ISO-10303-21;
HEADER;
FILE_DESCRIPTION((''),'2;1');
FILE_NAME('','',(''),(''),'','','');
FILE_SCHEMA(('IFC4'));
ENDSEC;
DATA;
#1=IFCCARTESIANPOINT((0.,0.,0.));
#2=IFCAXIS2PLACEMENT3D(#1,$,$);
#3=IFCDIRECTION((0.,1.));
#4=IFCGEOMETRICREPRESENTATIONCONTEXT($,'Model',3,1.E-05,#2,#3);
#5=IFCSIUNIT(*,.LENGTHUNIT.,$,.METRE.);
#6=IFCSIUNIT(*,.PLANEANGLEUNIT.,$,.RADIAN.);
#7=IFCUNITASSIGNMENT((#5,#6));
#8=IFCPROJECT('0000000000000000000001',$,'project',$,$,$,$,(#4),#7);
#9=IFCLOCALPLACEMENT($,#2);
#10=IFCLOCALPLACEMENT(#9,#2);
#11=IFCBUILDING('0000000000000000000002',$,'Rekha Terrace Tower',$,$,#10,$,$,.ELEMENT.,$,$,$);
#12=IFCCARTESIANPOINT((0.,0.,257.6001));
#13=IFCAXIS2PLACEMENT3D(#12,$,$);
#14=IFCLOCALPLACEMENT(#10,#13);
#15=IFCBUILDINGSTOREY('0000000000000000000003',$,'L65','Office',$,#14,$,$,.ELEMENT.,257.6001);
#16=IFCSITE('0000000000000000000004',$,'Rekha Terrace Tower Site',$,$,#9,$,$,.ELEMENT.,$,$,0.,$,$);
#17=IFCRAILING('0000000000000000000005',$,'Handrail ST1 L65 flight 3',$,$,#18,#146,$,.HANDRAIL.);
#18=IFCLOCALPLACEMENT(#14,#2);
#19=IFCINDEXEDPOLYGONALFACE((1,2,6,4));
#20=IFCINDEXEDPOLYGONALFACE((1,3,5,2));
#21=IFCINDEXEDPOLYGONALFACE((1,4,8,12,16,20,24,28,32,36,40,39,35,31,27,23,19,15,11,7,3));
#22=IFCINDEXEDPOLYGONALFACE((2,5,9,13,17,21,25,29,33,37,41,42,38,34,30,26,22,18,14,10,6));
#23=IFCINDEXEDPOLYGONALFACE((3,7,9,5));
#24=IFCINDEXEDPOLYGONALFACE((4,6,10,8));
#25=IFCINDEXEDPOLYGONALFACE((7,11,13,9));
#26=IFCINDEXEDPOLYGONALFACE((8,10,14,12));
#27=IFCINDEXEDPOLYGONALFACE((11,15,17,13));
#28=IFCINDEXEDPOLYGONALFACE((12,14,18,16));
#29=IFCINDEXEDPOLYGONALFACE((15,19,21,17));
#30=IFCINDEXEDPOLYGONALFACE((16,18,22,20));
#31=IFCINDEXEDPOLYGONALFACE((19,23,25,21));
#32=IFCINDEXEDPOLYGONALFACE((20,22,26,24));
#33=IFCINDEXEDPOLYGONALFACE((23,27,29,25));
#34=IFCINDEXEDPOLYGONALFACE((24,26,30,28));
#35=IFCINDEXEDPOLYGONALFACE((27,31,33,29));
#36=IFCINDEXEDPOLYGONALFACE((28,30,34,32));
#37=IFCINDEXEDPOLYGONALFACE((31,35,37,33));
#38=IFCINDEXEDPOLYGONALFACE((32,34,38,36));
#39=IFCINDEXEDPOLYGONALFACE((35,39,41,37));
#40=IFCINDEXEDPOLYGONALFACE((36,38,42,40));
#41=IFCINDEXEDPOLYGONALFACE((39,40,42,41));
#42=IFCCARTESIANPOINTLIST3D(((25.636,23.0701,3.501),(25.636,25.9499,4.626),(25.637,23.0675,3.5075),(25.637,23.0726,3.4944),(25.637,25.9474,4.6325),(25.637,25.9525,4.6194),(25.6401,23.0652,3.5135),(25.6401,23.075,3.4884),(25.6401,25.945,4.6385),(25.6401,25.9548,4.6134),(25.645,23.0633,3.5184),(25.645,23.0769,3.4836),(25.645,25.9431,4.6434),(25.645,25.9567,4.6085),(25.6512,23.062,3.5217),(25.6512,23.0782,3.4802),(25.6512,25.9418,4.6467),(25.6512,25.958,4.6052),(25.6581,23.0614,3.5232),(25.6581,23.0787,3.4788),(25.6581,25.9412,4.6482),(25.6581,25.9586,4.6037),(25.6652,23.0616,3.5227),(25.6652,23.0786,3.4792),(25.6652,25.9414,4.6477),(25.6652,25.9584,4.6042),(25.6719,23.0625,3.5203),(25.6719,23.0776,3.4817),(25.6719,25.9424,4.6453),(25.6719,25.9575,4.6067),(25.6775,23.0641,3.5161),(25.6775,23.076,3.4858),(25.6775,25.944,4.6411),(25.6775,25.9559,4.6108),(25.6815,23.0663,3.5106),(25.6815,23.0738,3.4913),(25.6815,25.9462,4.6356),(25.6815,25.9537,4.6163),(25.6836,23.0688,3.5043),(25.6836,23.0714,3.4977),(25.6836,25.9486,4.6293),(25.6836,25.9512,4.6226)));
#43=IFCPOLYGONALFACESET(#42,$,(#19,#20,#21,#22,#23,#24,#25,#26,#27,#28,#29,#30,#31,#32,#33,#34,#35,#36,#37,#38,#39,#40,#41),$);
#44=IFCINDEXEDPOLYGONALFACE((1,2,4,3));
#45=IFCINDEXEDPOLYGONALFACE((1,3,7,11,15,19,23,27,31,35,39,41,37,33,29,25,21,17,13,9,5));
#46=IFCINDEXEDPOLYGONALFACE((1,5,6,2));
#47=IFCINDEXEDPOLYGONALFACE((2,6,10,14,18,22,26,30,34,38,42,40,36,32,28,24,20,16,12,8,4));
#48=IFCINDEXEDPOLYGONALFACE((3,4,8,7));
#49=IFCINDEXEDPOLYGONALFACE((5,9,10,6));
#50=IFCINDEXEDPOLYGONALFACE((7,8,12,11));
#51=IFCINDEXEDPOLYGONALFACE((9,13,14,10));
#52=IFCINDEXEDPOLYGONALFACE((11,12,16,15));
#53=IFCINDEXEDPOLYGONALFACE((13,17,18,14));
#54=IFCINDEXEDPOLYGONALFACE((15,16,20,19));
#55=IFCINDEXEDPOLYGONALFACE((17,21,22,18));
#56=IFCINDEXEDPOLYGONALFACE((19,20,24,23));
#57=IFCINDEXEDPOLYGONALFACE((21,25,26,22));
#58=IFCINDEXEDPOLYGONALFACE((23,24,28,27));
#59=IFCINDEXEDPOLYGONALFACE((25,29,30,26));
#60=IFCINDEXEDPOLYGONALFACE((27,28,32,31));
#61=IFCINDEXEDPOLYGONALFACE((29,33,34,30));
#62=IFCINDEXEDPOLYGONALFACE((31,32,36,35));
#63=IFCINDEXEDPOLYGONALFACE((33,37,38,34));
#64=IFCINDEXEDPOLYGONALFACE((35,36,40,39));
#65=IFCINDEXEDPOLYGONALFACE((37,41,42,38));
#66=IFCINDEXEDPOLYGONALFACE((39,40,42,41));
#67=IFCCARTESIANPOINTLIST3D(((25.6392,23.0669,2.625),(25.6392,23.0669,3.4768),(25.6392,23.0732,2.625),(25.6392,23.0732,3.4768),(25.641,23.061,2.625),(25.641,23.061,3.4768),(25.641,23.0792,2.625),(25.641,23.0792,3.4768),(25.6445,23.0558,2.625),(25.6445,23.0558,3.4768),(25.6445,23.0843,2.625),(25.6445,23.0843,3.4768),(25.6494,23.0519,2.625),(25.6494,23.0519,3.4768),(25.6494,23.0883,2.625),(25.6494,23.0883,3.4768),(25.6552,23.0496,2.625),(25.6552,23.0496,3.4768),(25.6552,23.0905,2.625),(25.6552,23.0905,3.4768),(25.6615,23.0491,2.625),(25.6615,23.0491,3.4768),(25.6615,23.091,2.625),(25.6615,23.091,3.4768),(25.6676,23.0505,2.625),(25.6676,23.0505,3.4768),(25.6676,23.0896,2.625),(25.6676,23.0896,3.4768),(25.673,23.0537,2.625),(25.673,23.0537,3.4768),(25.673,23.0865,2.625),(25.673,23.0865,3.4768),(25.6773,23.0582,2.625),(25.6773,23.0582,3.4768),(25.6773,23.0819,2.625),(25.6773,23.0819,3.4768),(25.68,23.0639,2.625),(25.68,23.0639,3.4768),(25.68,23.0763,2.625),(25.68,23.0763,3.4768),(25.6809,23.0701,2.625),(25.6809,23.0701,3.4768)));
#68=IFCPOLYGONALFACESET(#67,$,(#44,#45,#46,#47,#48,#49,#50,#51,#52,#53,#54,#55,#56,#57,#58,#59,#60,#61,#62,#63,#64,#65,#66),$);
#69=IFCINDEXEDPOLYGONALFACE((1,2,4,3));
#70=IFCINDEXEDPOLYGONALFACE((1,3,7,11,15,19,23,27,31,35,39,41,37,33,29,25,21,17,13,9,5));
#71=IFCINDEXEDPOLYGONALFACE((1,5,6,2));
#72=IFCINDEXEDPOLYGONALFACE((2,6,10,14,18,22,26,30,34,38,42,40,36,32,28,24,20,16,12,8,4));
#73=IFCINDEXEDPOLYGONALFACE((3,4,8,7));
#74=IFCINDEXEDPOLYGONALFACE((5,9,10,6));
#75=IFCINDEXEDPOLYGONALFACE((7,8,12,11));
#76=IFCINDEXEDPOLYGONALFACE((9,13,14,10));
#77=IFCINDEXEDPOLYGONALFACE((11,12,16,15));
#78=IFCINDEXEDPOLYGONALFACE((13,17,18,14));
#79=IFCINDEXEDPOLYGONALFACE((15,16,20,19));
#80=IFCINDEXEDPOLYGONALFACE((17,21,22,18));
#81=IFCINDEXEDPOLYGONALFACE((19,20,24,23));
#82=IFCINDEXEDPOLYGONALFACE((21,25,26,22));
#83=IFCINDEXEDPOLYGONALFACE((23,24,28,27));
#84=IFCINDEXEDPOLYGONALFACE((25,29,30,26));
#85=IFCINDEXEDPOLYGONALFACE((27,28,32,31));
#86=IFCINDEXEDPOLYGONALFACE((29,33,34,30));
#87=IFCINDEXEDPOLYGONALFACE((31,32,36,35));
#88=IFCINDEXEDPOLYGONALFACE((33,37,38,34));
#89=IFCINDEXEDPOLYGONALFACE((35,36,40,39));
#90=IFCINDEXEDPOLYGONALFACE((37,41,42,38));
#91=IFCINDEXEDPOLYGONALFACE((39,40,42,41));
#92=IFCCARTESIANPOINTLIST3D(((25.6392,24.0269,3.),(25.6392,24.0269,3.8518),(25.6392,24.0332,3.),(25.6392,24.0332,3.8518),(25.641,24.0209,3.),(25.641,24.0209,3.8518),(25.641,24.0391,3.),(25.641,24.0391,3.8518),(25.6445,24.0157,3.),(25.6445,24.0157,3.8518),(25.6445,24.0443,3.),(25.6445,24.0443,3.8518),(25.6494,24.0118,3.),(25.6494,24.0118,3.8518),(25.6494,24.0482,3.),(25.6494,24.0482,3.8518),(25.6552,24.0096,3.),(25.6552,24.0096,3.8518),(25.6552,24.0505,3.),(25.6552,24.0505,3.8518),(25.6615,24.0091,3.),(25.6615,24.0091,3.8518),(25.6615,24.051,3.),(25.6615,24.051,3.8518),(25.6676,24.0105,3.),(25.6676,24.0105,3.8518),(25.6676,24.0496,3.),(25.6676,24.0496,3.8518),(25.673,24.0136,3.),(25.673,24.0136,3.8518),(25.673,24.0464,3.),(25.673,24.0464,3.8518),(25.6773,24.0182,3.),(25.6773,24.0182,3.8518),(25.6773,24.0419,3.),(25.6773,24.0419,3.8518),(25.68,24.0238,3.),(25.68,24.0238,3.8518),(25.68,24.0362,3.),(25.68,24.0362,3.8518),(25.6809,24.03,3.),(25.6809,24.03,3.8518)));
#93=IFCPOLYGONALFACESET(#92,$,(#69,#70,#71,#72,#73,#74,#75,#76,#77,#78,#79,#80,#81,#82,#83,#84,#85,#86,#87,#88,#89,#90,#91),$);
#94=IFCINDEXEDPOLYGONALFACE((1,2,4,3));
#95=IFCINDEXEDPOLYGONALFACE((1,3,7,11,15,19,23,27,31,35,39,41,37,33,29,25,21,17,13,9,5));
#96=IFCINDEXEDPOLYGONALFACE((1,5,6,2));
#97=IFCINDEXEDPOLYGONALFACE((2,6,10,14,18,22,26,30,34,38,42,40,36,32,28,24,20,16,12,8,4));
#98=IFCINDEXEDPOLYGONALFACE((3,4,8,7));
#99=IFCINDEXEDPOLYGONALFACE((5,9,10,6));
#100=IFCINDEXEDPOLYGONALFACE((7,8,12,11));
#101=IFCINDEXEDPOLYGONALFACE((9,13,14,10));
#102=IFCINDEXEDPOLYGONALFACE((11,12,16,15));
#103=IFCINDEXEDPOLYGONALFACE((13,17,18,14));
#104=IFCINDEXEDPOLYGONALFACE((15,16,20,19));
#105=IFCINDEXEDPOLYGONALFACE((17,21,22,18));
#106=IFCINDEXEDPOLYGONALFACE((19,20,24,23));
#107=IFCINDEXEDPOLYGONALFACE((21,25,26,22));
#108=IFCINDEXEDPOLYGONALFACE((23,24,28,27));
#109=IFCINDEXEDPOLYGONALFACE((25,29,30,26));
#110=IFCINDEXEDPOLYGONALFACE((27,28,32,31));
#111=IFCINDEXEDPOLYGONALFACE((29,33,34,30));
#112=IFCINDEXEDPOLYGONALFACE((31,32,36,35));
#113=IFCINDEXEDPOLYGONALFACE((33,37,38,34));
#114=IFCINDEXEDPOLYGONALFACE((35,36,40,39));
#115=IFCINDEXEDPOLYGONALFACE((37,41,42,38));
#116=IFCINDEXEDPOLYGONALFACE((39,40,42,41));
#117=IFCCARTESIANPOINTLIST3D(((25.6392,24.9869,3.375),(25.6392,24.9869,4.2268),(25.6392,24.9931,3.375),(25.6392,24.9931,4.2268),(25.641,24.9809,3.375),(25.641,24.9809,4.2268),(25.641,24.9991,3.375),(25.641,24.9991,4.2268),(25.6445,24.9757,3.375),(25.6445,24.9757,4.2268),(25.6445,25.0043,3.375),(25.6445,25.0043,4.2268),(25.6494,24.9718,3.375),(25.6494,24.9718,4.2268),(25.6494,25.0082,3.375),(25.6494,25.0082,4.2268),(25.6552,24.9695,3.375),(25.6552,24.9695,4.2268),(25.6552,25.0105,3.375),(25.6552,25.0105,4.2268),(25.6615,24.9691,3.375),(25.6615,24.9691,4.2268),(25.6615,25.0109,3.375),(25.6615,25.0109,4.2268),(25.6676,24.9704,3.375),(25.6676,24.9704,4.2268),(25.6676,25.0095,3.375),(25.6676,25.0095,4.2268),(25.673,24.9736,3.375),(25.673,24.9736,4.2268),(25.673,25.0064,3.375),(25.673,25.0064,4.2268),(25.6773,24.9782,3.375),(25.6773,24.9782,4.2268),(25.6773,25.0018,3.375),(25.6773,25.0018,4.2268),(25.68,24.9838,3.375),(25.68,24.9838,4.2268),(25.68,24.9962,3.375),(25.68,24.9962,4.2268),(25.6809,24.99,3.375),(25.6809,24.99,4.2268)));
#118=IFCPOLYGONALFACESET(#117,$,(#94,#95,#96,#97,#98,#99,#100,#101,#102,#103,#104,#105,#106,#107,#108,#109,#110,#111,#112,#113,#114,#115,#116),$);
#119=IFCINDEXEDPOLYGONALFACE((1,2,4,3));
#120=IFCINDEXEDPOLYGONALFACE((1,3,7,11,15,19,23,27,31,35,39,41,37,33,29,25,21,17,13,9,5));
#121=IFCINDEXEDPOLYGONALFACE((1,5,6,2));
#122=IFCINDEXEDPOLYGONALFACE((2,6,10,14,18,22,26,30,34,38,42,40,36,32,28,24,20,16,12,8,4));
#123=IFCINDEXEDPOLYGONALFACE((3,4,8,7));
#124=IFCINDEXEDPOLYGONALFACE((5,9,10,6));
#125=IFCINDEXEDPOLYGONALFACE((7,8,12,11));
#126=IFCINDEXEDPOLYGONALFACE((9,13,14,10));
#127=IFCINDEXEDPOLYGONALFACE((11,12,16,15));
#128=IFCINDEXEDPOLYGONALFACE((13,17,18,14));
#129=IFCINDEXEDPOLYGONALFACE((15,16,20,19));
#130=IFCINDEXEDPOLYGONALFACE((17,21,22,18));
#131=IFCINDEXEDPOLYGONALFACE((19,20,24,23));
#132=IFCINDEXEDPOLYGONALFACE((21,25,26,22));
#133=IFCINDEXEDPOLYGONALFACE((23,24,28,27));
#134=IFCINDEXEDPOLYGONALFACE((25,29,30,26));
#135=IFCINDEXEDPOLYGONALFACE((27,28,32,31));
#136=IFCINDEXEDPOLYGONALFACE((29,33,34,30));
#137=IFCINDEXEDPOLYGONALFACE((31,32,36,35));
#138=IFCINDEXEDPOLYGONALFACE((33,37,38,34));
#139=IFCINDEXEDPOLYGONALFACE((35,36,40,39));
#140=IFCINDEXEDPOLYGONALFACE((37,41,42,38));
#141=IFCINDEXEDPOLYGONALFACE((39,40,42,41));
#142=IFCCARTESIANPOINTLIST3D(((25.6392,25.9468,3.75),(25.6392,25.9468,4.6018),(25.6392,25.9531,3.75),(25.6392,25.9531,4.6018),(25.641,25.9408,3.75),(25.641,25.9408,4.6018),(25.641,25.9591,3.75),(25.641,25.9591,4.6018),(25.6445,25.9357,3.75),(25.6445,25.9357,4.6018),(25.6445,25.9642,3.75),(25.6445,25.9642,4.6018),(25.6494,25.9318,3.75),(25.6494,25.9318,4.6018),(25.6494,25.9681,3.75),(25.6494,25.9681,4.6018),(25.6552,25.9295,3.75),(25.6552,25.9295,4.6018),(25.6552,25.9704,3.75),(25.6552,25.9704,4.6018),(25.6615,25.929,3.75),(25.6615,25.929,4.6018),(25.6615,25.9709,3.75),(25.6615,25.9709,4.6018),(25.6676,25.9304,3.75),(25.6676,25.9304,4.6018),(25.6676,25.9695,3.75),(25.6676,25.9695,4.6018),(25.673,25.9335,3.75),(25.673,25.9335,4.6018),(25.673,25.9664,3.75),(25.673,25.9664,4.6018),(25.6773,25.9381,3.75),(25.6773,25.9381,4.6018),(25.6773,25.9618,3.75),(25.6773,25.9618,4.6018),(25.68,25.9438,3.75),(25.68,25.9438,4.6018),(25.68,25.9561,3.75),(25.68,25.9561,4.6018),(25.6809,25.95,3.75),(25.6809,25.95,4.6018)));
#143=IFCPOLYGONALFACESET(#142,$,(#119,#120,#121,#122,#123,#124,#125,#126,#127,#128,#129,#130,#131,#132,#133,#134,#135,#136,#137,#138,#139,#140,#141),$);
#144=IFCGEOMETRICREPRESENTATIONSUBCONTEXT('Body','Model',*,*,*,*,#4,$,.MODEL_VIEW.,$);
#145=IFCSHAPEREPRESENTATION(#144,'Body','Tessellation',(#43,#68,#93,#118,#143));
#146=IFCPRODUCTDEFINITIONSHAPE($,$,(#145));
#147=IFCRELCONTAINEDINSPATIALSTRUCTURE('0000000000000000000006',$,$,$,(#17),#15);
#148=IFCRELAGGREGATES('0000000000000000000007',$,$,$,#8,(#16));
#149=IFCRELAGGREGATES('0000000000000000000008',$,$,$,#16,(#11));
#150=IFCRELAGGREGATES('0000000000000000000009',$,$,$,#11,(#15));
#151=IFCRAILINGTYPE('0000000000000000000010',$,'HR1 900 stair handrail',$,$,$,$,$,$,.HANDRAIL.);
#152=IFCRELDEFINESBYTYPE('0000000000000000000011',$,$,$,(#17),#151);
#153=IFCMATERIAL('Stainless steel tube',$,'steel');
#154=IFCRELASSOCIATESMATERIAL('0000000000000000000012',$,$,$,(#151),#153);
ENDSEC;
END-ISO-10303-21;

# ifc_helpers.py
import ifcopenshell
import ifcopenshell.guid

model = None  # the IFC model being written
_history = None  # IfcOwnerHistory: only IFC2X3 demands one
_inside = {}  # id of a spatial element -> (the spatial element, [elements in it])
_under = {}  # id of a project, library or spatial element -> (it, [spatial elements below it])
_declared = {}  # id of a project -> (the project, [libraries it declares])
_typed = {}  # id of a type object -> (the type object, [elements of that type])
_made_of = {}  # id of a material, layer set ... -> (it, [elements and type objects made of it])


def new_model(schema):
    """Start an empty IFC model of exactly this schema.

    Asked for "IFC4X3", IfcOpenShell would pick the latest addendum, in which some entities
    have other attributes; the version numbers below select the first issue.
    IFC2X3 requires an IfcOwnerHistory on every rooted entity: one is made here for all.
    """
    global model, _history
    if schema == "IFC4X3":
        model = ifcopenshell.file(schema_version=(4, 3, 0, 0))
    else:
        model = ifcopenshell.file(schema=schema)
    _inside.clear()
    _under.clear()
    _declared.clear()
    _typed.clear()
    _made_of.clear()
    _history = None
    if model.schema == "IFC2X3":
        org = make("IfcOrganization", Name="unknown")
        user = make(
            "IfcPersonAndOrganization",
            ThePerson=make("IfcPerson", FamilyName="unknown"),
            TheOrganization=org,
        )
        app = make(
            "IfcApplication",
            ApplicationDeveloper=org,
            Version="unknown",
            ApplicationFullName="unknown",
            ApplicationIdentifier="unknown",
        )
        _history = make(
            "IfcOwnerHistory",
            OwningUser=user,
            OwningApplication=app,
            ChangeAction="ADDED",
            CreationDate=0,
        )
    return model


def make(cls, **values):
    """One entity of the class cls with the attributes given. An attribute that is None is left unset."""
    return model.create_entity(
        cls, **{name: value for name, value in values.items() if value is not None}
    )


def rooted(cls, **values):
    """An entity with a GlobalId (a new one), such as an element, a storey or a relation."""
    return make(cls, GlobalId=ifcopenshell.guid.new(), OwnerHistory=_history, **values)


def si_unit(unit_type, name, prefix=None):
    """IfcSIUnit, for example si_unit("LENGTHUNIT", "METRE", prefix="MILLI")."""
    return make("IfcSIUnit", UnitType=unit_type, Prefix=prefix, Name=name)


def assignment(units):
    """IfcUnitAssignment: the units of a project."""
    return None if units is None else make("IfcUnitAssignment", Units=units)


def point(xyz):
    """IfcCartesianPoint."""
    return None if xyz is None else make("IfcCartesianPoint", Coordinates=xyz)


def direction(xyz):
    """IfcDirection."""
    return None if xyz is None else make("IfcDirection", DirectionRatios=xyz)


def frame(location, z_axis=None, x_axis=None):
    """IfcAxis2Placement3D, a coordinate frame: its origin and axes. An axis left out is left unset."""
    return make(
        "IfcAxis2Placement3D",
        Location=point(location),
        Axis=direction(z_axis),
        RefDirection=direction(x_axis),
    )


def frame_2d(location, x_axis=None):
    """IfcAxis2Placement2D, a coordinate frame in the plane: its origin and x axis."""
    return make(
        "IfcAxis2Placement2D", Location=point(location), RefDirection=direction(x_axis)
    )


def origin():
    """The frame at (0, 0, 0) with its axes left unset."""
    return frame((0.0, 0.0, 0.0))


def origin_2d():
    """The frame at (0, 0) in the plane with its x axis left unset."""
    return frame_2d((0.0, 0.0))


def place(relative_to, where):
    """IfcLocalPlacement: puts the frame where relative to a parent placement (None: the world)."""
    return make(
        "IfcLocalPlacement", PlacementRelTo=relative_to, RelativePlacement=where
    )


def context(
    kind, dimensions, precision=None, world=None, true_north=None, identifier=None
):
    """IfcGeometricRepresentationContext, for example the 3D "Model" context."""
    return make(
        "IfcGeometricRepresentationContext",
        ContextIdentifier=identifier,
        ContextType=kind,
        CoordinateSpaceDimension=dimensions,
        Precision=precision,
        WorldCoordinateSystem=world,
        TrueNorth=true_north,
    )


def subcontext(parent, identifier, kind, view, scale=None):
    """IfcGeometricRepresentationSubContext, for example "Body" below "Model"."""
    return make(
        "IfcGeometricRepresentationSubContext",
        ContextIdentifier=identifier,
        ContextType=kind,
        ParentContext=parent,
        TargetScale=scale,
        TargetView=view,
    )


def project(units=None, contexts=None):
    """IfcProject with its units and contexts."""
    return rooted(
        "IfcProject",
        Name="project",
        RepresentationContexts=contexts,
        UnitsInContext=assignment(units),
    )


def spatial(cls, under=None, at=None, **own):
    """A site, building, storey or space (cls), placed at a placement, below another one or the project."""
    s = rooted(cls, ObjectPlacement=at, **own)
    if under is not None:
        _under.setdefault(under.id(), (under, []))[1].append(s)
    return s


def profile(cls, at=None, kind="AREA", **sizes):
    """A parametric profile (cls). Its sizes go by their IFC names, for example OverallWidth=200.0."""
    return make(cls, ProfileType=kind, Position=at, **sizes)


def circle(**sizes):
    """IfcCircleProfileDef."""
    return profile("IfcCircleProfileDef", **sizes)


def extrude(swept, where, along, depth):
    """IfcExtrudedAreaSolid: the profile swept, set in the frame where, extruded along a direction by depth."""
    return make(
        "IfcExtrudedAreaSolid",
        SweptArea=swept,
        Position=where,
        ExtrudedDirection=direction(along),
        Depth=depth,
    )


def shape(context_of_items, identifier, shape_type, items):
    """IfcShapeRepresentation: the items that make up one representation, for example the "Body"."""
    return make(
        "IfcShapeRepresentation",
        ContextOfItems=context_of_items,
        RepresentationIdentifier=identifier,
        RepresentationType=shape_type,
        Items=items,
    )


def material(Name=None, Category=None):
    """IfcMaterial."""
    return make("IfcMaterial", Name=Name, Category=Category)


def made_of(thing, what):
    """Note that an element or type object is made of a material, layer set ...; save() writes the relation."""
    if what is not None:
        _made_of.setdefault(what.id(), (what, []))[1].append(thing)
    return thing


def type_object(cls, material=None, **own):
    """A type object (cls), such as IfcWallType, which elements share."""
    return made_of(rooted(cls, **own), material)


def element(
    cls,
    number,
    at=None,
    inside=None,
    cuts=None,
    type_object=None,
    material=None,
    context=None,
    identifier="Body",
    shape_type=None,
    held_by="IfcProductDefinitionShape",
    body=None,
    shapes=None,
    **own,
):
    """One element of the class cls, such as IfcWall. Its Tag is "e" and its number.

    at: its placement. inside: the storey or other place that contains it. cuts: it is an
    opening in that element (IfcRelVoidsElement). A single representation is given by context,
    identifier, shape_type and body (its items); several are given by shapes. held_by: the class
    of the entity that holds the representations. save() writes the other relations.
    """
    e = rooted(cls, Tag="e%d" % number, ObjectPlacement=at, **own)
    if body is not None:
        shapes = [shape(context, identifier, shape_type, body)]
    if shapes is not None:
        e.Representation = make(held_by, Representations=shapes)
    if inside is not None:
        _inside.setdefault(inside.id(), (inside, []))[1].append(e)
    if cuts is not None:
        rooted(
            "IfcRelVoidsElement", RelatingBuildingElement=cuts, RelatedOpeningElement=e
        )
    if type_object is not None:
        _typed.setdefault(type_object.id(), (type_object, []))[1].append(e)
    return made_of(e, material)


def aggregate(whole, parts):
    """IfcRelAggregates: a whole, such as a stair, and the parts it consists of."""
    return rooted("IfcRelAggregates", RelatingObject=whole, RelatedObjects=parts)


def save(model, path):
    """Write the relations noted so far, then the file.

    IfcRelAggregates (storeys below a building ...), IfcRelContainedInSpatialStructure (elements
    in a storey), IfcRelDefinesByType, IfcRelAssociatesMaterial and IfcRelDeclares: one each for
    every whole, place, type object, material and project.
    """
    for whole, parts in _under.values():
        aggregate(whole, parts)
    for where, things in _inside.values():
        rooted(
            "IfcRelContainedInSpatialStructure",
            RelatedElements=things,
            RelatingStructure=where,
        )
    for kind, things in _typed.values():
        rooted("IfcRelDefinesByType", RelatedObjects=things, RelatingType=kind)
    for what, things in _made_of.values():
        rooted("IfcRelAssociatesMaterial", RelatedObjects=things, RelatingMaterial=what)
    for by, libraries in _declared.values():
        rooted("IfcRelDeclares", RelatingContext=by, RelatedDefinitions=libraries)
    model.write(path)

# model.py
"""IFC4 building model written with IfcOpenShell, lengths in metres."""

from ifc_helpers import new_model, si_unit, direction, frame, origin, origin_2d, place, context, subcontext, project, spatial, circle, extrude, material, type_object, element, save


model = new_model("IFC4")

# Units and contexts
model_context = context("Model", 3, precision=1e-05, world=origin(), true_north=direction((0.0, 1.0)))
body_context = subcontext(model_context, "Body", "Model", "MODEL_VIEW")
ifc_project = project(units=[si_unit("LENGTHUNIT", "METRE"), si_unit("PLANEANGLEUNIT", "RADIAN")], contexts=[model_context])

# Site, building, storey
site_placement = place(None, origin())
site = spatial("IfcSite", under=ifc_project, at=site_placement, Name="Rekha Terrace Tower Site", CompositionType="ELEMENT", RefElevation=0.0)
building_placement = place(site_placement, origin())
building = spatial("IfcBuilding", under=site, at=building_placement, Name="Rekha Terrace Tower", CompositionType="ELEMENT")
storey_placement = place(building_placement, frame((0.0, 0.0, 257.6001)))
storey = spatial("IfcBuildingStorey", under=building, at=storey_placement, Name="L65", Description="Office", CompositionType="ELEMENT", Elevation=257.6001)

# Railing
ifc_material_1 = material(Name="Stainless steel tube", Category="steel")
railing_type_1 = type_object("IfcRailingType", Name="HR1 900 stair handrail", PredefinedType="HANDRAIL", material=ifc_material_1)
railing_1_placement = place(storey_placement, frame((25.6599, 23.0701, 2.625)))
element("IfcRailing", 1, at=railing_1_placement, inside=storey, type_object=railing_type_1, Name="Handrail ST1 L65 flight 3", PredefinedType="HANDRAIL", context=body_context, shape_type="SweptSolid", body=[
    extrude(circle(Radius=0.0239, at=origin_2d()), frame((0.0, 0.0, 0.876), z_axis=(0.0, 0.931452, 0.363863), x_axis=(-1.0, 0.0, 0.0)), (0.0, 0.0, 1.0), 3.0918),
    extrude(circle(Radius=0.021, at=origin_2d()), origin(), (0.0, 0.0, 1.0), 0.8518),
    extrude(circle(Radius=0.021, at=origin_2d()), frame((0.0, 0.96, 0.375)), (0.0, 0.0, 1.0), 0.8518),
    extrude(circle(Radius=0.021, at=origin_2d()), frame((0.0, 1.9199, 0.75)), (0.0, 0.0, 1.0), 0.8518),
    extrude(circle(Radius=0.021, at=origin_2d()), frame((0.0, 2.8799, 1.125)), (0.0, 0.0, 1.0), 0.8518),
])

save(model, "model.ifc")
